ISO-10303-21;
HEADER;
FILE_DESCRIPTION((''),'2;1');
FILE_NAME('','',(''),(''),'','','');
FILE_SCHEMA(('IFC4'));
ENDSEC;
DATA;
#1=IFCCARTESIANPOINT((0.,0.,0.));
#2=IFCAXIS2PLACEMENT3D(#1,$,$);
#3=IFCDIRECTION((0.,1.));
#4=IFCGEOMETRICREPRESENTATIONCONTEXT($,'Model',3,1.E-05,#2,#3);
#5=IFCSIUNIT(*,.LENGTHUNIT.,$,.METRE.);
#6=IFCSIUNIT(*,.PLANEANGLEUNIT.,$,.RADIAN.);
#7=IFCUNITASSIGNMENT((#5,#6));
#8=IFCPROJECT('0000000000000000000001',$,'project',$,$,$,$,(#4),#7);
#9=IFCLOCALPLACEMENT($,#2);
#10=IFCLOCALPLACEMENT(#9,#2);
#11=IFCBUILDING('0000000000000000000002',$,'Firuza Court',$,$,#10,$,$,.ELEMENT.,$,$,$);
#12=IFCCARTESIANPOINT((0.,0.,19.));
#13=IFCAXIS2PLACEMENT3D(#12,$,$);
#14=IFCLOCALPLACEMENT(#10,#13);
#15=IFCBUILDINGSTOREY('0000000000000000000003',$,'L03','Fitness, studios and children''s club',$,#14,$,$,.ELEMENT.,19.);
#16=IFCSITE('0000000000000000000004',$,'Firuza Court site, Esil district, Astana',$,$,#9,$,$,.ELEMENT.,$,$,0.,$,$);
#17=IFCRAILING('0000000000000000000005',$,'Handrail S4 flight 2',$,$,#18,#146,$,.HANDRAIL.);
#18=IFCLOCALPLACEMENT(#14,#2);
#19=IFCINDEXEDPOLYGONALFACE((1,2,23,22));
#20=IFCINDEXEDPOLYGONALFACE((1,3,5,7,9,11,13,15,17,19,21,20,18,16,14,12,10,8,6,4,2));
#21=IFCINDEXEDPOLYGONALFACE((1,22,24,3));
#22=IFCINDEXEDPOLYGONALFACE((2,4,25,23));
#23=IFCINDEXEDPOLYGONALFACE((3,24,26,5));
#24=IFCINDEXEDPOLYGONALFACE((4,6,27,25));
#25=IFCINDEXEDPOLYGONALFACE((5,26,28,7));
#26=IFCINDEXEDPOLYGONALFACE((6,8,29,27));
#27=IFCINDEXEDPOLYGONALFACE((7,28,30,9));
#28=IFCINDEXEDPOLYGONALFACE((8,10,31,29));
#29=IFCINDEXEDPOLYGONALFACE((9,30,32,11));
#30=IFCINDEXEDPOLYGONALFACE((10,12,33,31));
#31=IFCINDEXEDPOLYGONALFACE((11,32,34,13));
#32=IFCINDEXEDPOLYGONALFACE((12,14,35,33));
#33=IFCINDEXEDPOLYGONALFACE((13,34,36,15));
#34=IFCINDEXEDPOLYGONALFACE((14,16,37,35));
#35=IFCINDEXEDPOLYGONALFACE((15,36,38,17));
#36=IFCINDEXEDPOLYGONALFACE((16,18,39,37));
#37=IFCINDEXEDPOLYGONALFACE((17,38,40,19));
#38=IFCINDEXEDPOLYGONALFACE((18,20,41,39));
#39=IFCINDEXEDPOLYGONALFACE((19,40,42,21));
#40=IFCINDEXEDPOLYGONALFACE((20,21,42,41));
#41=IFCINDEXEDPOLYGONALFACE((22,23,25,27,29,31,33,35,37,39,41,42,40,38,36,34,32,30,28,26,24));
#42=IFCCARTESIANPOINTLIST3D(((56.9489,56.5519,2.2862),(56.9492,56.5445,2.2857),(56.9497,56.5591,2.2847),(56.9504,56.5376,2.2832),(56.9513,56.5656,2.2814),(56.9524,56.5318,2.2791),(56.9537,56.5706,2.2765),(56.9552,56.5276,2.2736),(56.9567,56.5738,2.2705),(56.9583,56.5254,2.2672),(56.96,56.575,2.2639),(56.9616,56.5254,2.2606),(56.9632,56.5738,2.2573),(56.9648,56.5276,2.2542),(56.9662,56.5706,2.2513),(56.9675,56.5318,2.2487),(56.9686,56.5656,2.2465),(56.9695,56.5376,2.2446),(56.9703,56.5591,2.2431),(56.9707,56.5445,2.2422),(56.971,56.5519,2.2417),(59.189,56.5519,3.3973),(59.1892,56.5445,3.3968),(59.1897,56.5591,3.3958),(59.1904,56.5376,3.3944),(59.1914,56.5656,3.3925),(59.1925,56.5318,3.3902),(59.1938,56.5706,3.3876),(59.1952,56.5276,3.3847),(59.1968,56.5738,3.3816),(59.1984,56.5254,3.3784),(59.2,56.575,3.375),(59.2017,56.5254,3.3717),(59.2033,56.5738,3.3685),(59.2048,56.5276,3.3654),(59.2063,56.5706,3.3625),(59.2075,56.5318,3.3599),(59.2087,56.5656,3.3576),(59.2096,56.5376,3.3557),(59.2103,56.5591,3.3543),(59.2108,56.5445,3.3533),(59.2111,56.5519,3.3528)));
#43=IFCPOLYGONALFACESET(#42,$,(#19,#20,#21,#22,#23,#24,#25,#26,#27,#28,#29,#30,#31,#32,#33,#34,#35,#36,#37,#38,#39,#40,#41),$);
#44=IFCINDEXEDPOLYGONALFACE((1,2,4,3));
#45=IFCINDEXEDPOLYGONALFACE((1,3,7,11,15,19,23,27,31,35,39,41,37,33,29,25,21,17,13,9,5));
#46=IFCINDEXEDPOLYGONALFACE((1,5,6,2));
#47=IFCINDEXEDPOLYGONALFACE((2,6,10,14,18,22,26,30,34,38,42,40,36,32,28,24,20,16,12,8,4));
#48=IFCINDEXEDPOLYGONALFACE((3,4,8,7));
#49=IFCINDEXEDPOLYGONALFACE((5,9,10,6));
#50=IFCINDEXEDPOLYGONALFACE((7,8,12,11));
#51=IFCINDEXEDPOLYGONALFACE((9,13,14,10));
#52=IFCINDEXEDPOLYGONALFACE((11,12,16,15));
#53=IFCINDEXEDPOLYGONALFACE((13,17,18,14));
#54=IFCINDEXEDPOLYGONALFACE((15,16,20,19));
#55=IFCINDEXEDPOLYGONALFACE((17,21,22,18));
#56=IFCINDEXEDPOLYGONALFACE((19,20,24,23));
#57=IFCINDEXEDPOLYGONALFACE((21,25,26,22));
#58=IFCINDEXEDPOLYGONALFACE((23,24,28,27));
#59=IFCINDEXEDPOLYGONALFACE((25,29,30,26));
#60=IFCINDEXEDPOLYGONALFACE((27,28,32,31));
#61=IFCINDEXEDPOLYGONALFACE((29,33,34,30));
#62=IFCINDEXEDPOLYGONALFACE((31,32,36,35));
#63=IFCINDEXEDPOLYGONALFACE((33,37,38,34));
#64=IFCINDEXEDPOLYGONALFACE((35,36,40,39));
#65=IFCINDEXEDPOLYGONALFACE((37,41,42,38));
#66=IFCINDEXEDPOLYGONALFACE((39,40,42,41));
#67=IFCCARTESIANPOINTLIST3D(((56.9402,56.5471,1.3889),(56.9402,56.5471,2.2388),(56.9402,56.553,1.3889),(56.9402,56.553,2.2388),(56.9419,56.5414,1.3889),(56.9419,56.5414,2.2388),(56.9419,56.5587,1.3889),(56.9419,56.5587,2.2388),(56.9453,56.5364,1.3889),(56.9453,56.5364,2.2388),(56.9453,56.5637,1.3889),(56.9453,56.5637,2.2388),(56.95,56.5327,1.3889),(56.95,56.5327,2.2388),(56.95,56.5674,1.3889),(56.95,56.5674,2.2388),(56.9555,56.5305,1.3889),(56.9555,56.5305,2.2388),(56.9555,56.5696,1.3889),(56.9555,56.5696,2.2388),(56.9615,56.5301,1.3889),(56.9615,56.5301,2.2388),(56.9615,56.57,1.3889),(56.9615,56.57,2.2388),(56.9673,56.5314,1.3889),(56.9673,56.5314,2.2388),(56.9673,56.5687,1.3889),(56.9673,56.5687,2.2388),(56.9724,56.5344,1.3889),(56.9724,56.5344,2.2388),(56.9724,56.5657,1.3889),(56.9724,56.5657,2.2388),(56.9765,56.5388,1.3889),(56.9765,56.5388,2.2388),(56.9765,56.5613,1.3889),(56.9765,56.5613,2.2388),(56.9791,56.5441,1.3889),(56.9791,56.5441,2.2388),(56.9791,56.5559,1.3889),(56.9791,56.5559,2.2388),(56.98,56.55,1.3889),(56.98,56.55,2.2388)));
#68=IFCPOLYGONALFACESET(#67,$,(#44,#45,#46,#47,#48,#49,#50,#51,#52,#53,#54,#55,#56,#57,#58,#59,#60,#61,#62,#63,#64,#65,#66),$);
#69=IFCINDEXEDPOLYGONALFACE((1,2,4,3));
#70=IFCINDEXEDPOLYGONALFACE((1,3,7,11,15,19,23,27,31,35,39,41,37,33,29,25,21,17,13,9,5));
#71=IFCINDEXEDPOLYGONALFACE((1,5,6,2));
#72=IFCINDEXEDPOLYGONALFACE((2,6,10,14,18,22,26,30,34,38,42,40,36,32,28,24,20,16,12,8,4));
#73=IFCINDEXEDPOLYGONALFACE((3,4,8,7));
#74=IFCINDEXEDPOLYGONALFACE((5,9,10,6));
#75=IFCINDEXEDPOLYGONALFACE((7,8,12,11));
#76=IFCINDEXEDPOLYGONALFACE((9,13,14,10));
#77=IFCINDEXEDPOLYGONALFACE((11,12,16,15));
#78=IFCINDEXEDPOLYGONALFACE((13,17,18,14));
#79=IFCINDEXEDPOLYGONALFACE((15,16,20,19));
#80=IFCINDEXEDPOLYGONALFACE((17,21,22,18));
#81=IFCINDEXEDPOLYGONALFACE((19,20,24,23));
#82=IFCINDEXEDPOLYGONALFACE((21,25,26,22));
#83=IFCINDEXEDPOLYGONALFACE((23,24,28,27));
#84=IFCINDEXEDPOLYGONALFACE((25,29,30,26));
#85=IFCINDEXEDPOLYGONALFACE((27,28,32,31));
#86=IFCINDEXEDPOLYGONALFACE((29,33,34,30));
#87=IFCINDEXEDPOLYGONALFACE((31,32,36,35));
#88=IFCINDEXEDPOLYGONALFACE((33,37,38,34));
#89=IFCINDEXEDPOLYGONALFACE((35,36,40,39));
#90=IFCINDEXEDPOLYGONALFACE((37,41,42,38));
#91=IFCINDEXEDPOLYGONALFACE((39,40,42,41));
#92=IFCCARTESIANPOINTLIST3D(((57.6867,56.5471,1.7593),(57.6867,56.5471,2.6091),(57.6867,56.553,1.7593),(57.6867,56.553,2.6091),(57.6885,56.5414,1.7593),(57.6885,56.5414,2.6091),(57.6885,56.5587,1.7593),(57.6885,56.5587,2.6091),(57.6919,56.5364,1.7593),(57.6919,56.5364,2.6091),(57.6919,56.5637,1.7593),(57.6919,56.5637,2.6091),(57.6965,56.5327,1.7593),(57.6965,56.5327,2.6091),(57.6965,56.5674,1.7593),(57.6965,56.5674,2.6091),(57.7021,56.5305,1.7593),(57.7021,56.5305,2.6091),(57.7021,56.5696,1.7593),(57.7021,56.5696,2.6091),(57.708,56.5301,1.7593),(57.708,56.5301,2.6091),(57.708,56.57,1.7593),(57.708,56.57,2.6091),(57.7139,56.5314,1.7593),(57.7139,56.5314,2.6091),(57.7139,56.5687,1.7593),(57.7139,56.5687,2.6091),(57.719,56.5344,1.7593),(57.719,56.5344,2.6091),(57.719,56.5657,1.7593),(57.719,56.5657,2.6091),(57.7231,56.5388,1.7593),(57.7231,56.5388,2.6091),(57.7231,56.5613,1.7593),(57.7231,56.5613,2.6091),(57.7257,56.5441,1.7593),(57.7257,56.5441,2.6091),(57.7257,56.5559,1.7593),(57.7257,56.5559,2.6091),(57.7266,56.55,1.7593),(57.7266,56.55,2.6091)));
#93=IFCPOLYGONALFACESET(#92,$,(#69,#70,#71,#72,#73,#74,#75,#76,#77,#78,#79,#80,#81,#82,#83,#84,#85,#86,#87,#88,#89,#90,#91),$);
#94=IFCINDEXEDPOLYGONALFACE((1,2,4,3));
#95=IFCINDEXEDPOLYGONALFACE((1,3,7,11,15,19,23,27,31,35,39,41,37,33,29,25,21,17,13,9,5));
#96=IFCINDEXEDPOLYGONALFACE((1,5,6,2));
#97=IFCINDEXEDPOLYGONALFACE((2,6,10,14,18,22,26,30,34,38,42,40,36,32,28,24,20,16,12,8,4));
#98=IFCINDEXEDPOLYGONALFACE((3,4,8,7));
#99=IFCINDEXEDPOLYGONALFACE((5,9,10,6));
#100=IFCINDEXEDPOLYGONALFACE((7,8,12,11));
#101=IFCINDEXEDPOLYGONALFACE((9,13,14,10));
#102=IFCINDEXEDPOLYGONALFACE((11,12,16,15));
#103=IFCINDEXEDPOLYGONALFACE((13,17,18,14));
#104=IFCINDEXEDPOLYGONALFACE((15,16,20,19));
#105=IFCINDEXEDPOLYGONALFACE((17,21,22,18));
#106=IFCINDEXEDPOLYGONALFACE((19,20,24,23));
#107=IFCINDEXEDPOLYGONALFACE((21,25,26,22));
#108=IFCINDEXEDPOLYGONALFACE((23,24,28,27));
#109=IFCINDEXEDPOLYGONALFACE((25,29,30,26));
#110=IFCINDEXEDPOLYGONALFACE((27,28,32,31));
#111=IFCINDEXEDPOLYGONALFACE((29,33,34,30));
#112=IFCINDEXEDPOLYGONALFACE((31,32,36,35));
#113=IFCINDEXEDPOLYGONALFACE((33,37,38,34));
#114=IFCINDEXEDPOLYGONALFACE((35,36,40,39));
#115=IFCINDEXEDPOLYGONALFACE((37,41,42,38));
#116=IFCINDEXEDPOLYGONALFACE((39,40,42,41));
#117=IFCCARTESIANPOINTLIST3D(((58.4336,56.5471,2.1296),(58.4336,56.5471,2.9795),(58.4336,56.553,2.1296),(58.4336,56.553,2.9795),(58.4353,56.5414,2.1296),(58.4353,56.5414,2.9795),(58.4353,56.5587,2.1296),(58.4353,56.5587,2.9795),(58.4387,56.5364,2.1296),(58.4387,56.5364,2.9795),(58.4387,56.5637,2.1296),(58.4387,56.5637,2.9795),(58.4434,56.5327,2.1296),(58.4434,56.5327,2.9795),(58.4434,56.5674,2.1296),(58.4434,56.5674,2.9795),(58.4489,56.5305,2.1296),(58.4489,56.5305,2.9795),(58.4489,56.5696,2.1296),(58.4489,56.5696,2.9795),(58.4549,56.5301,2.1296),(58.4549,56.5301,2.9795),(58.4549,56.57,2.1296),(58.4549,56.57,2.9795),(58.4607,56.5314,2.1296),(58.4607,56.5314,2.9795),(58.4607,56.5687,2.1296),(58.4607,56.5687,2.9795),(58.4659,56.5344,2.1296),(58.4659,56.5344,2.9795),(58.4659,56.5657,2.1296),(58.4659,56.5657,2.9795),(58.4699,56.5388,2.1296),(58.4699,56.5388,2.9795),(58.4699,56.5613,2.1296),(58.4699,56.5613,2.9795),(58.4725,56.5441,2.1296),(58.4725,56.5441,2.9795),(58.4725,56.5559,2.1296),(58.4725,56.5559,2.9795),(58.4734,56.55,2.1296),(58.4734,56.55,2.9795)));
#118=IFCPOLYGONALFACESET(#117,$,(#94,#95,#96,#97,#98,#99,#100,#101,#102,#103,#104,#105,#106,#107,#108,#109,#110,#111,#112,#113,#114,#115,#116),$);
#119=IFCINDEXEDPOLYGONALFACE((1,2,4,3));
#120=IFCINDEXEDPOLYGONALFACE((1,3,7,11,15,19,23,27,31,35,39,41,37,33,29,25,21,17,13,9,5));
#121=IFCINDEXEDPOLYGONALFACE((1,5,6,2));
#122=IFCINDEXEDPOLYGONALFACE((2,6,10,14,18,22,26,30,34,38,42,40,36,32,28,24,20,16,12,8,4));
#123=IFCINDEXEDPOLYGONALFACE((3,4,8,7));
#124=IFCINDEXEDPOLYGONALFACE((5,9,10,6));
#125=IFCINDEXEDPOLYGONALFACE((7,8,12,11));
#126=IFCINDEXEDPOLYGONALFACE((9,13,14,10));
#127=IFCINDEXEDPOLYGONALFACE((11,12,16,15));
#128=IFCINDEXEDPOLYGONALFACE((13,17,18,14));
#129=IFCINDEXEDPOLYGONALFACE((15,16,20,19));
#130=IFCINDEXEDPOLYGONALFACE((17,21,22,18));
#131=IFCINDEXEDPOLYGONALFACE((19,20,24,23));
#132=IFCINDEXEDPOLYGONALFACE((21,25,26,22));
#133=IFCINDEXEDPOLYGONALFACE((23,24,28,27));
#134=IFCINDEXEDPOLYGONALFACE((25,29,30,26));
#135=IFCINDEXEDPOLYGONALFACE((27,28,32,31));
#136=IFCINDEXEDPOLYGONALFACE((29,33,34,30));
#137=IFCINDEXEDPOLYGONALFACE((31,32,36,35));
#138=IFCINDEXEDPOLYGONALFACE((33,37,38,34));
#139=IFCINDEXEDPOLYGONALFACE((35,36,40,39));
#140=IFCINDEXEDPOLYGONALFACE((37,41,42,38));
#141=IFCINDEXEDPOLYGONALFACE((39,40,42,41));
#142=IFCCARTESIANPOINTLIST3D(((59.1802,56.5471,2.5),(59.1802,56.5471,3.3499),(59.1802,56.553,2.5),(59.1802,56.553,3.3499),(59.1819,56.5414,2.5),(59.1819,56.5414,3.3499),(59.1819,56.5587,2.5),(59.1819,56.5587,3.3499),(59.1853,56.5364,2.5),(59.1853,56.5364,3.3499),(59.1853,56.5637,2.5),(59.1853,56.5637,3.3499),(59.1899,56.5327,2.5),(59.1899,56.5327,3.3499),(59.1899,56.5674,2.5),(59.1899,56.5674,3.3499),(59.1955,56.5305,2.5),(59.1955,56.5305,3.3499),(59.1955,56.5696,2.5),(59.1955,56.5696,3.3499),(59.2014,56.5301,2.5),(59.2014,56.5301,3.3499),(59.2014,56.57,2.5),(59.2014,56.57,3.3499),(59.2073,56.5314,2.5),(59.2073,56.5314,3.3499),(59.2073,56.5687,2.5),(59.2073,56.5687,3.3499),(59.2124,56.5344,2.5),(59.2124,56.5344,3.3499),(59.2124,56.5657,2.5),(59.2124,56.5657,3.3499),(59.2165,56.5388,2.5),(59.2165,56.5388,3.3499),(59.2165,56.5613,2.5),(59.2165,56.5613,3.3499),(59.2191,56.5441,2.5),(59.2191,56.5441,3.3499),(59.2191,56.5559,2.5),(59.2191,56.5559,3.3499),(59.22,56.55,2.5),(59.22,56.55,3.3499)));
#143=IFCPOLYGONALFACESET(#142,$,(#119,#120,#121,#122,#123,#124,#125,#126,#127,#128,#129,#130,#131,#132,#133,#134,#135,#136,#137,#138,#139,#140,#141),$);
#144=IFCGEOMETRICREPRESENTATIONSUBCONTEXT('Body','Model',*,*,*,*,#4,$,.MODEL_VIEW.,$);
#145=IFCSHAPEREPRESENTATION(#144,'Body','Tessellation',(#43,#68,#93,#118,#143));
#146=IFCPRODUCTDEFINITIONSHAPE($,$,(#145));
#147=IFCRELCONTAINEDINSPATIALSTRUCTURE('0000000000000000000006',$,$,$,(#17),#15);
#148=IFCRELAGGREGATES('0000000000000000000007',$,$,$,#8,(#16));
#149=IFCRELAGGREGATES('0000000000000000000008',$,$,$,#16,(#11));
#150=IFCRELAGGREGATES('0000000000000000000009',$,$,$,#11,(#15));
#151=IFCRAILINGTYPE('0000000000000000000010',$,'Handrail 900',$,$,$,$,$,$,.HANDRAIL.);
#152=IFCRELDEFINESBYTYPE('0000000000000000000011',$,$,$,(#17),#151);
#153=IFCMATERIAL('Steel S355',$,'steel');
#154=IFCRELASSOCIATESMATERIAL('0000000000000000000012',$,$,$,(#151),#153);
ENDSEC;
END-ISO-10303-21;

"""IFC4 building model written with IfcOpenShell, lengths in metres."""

from ifc_helpers import new_model, si_unit, direction, frame, origin, origin_2d, place, context, subcontext, project, spatial, circle, extrude, material, type_object, element, save


model = new_model("IFC4")

# Units and contexts
model_context = context("Model", 3, precision=1e-05, world=origin(), true_north=direction((0.0, 1.0)))
body_context = subcontext(model_context, "Body", "Model", "MODEL_VIEW")
ifc_project = project(units=[si_unit("LENGTHUNIT", "METRE"), si_unit("PLANEANGLEUNIT", "RADIAN")], contexts=[model_context])

# Site, building, storey
site_placement = place(None, origin())
site = spatial("IfcSite", under=ifc_project, at=site_placement, Name="Firuza Court site, Esil district, Astana", CompositionType="ELEMENT", RefElevation=0.0)
building_placement = place(site_placement, origin())
building = spatial("IfcBuilding", under=site, at=building_placement, Name="Firuza Court", CompositionType="ELEMENT")
storey_placement = place(building_placement, frame((0.0, 0.0, 19.0)))
storey = spatial("IfcBuildingStorey", under=building, at=storey_placement, Name="L03", Description="Fitness, studios and children's club", CompositionType="ELEMENT", Elevation=19.0)

# Railing
ifc_material_1 = material(Name="Steel S355", Category="steel")
railing_type_1 = type_object("IfcRailingType", Name="Handrail 900", PredefinedType="HANDRAIL", material=ifc_material_1)
railing_1_placement = place(storey_placement, frame((56.96, 56.55, 1.3889)))
element("IfcRailing", 1, at=railing_1_placement, inside=storey, type_object=railing_type_1, Name="Handrail S4 flight 2", PredefinedType="HANDRAIL", context=body_context, shape_type="SweptSolid", body=[
    extrude(circle(Radius=0.0249, at=origin_2d()), frame((0.0, 0.0, 0.875), z_axis=(0.895848, 0.0, 0.44436), x_axis=(0.0, 1.0, 0.0)), (0.0, 0.0, 1.0), 2.5005),
    extrude(circle(Radius=0.02, at=origin_2d()), origin(), (0.0, 0.0, 1.0), 0.8499),
    extrude(circle(Radius=0.02, at=origin_2d()), frame((0.7466, 0.0, 0.3704)), (0.0, 0.0, 1.0), 0.8499),
    extrude(circle(Radius=0.02, at=origin_2d()), frame((1.4934, 0.0, 0.7407)), (0.0, 0.0, 1.0), 0.8499),
    extrude(circle(Radius=0.02, at=origin_2d()), frame((2.24, 0.0, 1.1111)), (0.0, 0.0, 1.0), 0.8499),
])

save(model, "model.ifc")
